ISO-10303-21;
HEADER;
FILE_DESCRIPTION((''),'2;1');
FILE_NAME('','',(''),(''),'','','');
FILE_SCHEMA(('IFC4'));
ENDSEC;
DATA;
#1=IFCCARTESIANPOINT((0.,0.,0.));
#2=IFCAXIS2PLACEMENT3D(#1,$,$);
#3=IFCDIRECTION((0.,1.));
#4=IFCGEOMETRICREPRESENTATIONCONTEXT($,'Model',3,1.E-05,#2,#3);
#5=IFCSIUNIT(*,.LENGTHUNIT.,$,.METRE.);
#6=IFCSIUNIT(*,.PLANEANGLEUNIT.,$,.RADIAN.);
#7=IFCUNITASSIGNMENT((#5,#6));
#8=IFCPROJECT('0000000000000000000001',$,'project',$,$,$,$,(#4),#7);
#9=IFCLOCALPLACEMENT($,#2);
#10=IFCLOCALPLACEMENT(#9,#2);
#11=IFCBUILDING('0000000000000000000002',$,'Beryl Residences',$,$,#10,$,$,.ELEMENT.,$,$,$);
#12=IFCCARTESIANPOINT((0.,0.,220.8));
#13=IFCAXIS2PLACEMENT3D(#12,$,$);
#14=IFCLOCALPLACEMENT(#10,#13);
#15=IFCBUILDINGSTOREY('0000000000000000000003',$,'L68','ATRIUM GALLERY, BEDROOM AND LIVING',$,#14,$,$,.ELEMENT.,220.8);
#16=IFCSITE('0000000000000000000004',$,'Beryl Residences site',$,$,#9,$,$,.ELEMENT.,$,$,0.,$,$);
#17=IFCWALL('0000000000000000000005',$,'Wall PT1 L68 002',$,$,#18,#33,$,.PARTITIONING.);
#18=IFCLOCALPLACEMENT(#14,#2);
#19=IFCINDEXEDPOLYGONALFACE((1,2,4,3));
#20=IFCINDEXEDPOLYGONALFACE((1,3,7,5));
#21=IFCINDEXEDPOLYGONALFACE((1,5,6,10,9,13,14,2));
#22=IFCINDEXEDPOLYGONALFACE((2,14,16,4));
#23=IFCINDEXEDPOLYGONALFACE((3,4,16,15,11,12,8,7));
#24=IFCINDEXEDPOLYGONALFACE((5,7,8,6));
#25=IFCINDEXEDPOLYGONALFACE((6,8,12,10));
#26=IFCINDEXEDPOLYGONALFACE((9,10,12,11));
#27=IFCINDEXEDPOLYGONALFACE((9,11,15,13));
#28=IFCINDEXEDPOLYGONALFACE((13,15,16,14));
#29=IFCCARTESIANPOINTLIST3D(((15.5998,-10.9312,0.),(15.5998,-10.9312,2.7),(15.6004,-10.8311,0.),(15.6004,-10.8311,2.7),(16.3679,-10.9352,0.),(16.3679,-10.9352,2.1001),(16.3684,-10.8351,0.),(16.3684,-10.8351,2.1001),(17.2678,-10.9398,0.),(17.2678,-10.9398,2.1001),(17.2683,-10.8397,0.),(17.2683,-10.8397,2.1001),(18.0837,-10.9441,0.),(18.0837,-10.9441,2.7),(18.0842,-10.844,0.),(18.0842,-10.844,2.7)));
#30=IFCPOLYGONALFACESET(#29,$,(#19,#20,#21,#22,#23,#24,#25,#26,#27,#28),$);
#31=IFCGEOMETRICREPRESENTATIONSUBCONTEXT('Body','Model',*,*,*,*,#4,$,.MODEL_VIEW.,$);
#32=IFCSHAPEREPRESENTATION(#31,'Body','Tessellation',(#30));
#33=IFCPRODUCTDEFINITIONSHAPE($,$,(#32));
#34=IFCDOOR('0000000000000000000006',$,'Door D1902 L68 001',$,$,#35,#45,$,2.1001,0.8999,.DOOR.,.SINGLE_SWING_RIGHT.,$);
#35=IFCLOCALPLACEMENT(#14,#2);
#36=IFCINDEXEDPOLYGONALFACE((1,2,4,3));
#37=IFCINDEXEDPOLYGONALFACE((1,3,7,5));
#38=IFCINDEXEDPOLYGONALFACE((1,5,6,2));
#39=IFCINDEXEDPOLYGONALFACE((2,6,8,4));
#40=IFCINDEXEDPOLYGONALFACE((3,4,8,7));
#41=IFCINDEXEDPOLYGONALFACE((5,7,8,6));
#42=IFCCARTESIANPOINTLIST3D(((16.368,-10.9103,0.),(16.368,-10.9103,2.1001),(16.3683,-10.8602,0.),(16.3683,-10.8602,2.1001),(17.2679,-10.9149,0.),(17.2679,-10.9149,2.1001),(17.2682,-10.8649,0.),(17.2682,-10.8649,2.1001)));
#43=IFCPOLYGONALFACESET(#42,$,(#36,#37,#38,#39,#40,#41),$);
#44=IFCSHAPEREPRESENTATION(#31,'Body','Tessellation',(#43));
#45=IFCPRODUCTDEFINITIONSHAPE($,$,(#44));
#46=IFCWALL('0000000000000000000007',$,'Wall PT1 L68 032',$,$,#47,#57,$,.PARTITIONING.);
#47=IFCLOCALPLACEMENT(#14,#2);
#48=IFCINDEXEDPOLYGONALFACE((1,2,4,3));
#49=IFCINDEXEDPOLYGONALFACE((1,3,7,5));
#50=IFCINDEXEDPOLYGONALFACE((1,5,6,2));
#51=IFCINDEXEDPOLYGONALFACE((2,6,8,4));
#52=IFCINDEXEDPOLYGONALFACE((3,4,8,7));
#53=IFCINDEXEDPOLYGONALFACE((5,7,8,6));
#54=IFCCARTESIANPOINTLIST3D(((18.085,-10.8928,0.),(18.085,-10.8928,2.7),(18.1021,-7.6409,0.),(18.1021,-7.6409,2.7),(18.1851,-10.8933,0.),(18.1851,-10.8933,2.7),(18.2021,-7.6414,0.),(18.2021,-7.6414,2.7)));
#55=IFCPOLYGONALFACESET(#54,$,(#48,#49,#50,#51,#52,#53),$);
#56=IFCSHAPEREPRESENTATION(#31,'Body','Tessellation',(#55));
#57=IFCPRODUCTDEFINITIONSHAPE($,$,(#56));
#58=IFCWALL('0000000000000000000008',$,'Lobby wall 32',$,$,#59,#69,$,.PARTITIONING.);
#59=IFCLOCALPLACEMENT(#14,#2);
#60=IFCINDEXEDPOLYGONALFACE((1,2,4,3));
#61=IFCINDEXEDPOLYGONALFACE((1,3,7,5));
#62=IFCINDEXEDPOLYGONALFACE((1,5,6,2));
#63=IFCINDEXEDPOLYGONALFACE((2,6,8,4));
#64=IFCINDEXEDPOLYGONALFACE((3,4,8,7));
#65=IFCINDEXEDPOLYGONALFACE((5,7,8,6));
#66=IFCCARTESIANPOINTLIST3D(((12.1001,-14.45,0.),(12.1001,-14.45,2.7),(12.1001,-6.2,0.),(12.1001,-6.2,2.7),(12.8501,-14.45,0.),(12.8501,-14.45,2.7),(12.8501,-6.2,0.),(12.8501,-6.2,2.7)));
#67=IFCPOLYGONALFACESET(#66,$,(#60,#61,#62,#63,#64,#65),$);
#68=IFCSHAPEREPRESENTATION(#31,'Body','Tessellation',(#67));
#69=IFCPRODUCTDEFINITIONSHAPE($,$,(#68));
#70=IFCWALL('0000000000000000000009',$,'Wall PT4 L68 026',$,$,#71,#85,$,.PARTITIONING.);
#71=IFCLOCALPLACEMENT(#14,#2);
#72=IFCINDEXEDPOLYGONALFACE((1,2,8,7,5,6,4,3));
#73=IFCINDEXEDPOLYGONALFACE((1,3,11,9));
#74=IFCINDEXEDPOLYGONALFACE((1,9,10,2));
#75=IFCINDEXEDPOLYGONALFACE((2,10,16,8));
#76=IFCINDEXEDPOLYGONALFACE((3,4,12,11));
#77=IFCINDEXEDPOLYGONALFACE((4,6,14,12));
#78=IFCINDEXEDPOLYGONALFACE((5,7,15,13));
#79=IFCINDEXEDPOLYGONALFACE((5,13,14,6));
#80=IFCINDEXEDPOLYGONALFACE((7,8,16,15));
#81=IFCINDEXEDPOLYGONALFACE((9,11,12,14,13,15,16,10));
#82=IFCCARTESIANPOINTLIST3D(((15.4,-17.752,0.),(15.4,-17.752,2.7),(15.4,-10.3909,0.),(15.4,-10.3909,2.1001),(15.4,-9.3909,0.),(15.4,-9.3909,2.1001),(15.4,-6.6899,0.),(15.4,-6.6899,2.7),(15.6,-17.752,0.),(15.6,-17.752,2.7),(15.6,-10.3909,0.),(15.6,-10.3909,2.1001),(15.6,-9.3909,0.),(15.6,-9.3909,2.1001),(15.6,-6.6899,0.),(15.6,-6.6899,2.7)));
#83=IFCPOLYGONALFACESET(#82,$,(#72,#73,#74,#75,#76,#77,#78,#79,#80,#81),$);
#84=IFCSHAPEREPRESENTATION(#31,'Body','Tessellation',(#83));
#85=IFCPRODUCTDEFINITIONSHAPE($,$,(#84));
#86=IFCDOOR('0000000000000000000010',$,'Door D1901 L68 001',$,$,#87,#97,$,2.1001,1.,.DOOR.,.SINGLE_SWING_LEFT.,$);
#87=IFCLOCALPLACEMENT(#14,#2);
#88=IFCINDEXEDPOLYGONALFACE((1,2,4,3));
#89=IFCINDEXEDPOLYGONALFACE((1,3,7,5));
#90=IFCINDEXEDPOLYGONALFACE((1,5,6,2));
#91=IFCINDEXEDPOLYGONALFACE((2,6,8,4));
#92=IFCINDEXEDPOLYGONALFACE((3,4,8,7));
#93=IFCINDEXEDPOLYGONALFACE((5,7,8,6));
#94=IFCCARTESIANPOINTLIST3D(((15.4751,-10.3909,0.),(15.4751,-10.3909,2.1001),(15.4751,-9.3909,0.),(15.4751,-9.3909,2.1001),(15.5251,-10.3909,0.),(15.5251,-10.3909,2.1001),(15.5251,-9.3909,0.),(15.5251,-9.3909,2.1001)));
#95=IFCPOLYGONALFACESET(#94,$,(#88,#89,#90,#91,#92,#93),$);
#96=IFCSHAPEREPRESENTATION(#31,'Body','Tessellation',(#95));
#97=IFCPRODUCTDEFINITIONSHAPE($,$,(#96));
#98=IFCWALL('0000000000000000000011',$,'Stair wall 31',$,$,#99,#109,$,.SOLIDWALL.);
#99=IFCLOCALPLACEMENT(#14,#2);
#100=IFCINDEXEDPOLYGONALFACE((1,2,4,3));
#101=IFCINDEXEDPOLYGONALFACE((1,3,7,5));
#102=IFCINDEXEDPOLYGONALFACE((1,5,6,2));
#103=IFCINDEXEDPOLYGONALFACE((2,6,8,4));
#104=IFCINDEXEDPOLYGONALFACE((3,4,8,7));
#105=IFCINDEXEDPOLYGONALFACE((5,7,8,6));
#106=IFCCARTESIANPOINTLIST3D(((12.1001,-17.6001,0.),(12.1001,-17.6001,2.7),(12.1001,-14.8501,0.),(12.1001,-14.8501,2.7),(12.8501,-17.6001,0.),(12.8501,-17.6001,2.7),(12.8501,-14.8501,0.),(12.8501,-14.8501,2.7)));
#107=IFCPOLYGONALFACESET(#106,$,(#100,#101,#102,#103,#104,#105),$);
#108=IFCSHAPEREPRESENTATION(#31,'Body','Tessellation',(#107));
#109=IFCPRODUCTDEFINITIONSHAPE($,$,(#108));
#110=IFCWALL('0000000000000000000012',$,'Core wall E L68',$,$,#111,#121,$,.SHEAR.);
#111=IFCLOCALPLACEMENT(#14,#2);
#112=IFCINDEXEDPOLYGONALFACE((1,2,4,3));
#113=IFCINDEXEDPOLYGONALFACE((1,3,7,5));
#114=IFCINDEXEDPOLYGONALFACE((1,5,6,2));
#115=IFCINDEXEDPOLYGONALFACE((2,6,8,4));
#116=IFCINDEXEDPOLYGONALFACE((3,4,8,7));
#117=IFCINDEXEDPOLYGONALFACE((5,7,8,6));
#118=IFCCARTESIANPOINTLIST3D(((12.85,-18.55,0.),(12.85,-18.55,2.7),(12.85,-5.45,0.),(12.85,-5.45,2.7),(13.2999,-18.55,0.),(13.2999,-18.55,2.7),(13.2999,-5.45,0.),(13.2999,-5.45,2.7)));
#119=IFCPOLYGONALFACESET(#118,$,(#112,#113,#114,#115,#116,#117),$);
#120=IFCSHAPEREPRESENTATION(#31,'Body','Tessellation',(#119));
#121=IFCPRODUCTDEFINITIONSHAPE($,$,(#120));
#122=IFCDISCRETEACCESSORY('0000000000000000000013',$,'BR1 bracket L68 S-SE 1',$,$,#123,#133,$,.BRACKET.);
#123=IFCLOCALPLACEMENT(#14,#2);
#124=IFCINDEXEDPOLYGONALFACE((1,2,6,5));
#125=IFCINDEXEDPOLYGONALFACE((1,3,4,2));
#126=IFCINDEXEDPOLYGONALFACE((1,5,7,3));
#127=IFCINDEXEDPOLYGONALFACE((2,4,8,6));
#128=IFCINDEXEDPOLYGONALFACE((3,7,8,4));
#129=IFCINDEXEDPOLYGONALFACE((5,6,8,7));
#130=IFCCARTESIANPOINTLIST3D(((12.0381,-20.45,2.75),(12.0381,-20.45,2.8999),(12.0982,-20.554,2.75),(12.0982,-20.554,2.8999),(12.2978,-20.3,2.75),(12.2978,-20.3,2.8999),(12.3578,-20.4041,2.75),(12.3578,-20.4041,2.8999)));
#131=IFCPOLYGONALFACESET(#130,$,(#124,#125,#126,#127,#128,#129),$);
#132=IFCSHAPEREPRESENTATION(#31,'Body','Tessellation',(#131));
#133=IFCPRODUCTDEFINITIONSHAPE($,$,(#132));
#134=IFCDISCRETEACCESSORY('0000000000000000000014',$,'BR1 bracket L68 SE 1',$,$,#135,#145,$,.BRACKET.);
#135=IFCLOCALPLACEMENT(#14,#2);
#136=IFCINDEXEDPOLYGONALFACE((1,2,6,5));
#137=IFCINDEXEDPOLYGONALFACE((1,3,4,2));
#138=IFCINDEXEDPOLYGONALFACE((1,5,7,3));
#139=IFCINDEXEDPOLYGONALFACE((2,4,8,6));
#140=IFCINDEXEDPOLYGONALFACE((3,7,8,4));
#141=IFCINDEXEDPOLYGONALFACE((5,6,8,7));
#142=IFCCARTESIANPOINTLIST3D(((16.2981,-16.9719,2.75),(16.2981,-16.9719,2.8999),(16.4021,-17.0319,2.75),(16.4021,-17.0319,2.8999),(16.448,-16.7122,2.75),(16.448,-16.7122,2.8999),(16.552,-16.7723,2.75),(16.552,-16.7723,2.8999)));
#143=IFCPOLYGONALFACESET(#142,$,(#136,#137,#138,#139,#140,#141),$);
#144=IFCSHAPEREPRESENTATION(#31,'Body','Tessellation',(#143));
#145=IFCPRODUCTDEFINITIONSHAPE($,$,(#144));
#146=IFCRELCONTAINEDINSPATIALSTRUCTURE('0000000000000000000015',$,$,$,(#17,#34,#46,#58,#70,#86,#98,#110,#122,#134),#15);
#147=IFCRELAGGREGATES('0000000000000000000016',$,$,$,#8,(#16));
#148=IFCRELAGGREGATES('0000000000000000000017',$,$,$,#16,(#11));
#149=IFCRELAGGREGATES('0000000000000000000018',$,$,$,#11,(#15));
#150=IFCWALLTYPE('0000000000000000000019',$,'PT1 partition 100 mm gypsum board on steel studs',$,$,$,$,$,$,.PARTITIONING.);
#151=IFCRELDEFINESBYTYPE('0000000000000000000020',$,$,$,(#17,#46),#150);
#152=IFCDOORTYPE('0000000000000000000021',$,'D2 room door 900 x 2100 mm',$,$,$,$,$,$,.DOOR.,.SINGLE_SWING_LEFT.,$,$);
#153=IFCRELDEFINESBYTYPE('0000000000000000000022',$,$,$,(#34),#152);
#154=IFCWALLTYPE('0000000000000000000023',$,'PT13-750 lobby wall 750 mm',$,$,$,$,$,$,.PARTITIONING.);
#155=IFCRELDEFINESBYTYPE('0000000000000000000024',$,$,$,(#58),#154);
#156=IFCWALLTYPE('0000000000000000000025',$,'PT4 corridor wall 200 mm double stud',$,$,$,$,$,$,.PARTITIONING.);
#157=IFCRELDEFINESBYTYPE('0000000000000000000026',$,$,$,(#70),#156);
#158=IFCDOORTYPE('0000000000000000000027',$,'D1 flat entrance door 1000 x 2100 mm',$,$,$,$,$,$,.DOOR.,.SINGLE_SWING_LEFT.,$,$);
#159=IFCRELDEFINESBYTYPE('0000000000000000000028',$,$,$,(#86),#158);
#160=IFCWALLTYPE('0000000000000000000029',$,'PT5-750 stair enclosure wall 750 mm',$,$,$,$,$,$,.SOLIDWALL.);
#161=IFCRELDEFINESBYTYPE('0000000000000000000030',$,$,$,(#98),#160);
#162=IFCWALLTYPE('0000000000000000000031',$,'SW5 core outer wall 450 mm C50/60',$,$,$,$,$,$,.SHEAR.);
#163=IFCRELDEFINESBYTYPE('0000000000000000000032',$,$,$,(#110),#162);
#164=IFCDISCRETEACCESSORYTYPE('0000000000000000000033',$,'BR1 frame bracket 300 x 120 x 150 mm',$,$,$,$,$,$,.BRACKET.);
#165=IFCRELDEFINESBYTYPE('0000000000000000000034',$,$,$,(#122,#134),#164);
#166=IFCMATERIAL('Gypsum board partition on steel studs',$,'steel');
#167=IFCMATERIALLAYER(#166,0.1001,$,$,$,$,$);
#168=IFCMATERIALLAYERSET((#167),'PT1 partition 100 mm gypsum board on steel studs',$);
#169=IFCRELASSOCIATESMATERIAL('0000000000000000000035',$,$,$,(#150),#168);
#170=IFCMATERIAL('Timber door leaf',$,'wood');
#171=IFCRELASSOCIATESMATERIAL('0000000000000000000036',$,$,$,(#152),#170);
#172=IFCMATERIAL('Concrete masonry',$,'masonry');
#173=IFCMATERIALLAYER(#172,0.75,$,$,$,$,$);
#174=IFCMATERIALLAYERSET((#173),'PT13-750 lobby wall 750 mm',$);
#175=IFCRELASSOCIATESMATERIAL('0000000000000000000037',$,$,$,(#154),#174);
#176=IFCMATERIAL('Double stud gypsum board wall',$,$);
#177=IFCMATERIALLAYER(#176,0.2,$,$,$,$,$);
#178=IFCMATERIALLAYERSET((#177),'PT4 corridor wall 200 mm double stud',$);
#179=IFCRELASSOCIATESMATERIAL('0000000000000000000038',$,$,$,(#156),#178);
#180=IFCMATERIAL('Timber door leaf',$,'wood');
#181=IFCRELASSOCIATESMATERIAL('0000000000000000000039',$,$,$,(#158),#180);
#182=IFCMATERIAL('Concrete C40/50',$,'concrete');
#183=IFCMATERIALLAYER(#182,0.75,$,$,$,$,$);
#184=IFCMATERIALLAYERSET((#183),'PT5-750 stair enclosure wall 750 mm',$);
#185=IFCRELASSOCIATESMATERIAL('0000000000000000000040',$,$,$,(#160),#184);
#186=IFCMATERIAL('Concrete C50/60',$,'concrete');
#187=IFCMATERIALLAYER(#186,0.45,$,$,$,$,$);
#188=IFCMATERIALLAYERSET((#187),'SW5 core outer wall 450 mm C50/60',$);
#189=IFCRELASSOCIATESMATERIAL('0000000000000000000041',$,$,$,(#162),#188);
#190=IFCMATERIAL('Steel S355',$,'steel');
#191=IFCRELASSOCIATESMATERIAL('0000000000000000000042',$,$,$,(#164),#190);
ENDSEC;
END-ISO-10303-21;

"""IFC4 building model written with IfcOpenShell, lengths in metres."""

from ifc_helpers import new_model, si_unit, direction, frame, frame_2d, origin, place, context, subcontext, project, spatial, polyline, rectangle, outline, extrude, source, transform, mapped, material, layer, layer_set, type_object, type_shapes, element, fill, save


model = new_model("IFC4")

# Units and contexts
model_context = context("Model", 3, precision=1e-05, world=origin(), true_north=direction((0.0, 1.0)))
body_context = subcontext(model_context, "Body", "Model", "MODEL_VIEW")
ifc_project = project(units=[si_unit("LENGTHUNIT", "METRE"), si_unit("PLANEANGLEUNIT", "RADIAN")], contexts=[model_context])

# Site, building, storey
site_placement = place(None, origin())
site = spatial("IfcSite", under=ifc_project, at=site_placement, Name="Beryl Residences site", CompositionType="ELEMENT", RefElevation=0.0)
building_placement = place(site_placement, origin())
building = spatial("IfcBuilding", under=site, at=building_placement, Name="Beryl Residences", CompositionType="ELEMENT")
storey_placement = place(building_placement, frame((0.0, 0.0, 220.8)))
storey = spatial("IfcBuildingStorey", under=building, at=storey_placement, Name="L68", Description="ATRIUM GALLERY, BEDROOM AND LIVING", CompositionType="ELEMENT", Elevation=220.8)

# Wall, opening, door
ifc_material_1 = material(Name="Gypsum board partition on steel studs", Category="steel")
ifc_layer_1 = layer(ifc_material_1, 0.1001)
ifc_layer_set_1 = layer_set([ifc_layer_1], Name="PT1 partition 100 mm gypsum board on steel studs")
wall_type_1 = type_object("IfcWallType", Name="PT1 partition 100 mm gypsum board on steel studs", PredefinedType="PARTITIONING", material=ifc_layer_set_1)
wall_1_placement = place(storey_placement, frame((15.6001, -10.8811, 0.0), z_axis=(0.0, 0.0, 1.0), x_axis=(0.999986, -0.005209, 0.0)))
wall_1 = element("IfcWall", 1, at=wall_1_placement, inside=storey, type_object=wall_type_1, Name="Wall PT1 L68 002", PredefinedType="PARTITIONING", context=body_context, shape_type="SweptSolid", body=[
    extrude(rectangle(XDim=2.4839, YDim=0.1001, at=frame_2d((1.2419, 0.0))), origin(), (0.0, 0.0, 1.0), 2.7),
])
opening_1_placement = place(wall_1_placement, frame((0.7681, 0.0, 0.0)))
opening_1 = element("IfcOpeningElement", 2, at=opening_1_placement, cuts=wall_1, PredefinedType="OPENING", context=body_context, shape_type="SweptSolid", body=[
    extrude(rectangle(XDim=0.8999, YDim=2.1001, at=frame_2d((0.45, 1.05))), frame((0.0, 0.0601, 0.0), z_axis=(0.0, -1.0, 0.0), x_axis=(1.0, 0.0, 0.0)), (0.0, 0.0, 1.0), 0.1201),
])
ifc_material_2 = material(Name="Timber door leaf", Category="wood")
door_type_1 = type_object("IfcDoorType", Name="D2 room door 900 x 2100 mm", OperationType="SINGLE_SWING_LEFT", PredefinedType="DOOR", material=ifc_material_2)
door_1_placement = place(opening_1_placement, origin())
door_1 = element("IfcDoor", 3, at=door_1_placement, inside=storey, type_object=door_type_1, Name="Door D1902 L68 001", OperationType="SINGLE_SWING_RIGHT", OverallHeight=2.1001, OverallWidth=0.8999, PredefinedType="DOOR", context=body_context, shape_type="SweptSolid", body=[
    extrude(rectangle(XDim=0.8999, YDim=2.1001, at=frame_2d((0.45, 1.05))), frame((0.0, 0.0249, 0.0), z_axis=(0.0, -1.0, 0.0), x_axis=(1.0, 0.0, 0.0)), (0.0, 0.0, 1.0), 0.05),
])
fill(opening_1, door_1)

# Walls
wall_2_placement = place(storey_placement, frame((18.135, -10.8931, 0.0), z_axis=(0.0, 0.0, 1.0), x_axis=(0.005255, 0.999986, 0.0)))
element("IfcWall", 4, at=wall_2_placement, inside=storey, type_object=wall_type_1, Name="Wall PT1 L68 032", PredefinedType="PARTITIONING", context=body_context, shape_type="SweptSolid", body=[
    extrude(rectangle(XDim=3.252, YDim=0.1001, at=frame_2d((1.626, 0.0))), origin(), (0.0, 0.0, 1.0), 2.7),
])
ifc_material_3 = material(Name="Concrete masonry", Category="masonry")
ifc_layer_2 = layer(ifc_material_3, 0.75)
ifc_layer_set_2 = layer_set([ifc_layer_2], Name="PT13-750 lobby wall 750 mm")
wall_type_2 = type_object("IfcWallType", Name="PT13-750 lobby wall 750 mm", PredefinedType="PARTITIONING", material=ifc_layer_set_2)
wall_3_placement = place(storey_placement, frame((12.4751, -14.45, 0.0), z_axis=(0.0, 0.0, 1.0), x_axis=(0.0, 1.0, 0.0)))
element("IfcWall", 5, at=wall_3_placement, inside=storey, type_object=wall_type_2, Name="Lobby wall 32", PredefinedType="PARTITIONING", context=body_context, shape_type="SweptSolid", body=[
    extrude(rectangle(XDim=8.25, YDim=0.75, at=frame_2d((4.125, 0.0))), origin(), (0.0, 0.0, 1.0), 2.7),
])

# Wall, opening, door
ifc_material_4 = material(Name="Double stud gypsum board wall")
ifc_layer_3 = layer(ifc_material_4, 0.2)
ifc_layer_set_3 = layer_set([ifc_layer_3], Name="PT4 corridor wall 200 mm double stud")
wall_type_3 = type_object("IfcWallType", Name="PT4 corridor wall 200 mm double stud", PredefinedType="PARTITIONING", material=ifc_layer_set_3)
wall_4_placement = place(storey_placement, frame((15.5, -17.752, 0.0), z_axis=(0.0, 0.0, 1.0), x_axis=(0.0, 1.0, 0.0)))
wall_4 = element("IfcWall", 6, at=wall_4_placement, inside=storey, type_object=wall_type_3, Name="Wall PT4 L68 026", PredefinedType="PARTITIONING", context=body_context, shape_type="SweptSolid", body=[
    extrude(rectangle(XDim=11.062, YDim=0.2, at=frame_2d((5.531, 0.0))), origin(), (0.0, 0.0, 1.0), 2.7),
])
opening_2_placement = place(wall_4_placement, frame((7.3611, 0.0, 0.0)))
opening_2 = element("IfcOpeningElement", 7, at=opening_2_placement, cuts=wall_4, PredefinedType="OPENING", context=body_context, shape_type="SweptSolid", body=[
    extrude(rectangle(XDim=1.0, YDim=2.1001, at=frame_2d((0.5, 1.05))), frame((0.0, 0.1099, 0.0), z_axis=(0.0, -1.0, 0.0), x_axis=(1.0, 0.0, 0.0)), (0.0, 0.0, 1.0), 0.22),
])
ifc_material_5 = material(Name="Timber door leaf", Category="wood")
door_type_2 = type_object("IfcDoorType", Name="D1 flat entrance door 1000 x 2100 mm", OperationType="SINGLE_SWING_LEFT", PredefinedType="DOOR", material=ifc_material_5)
door_2_placement = place(opening_2_placement, origin())
door_2 = element("IfcDoor", 8, at=door_2_placement, inside=storey, type_object=door_type_2, Name="Door D1901 L68 001", OperationType="SINGLE_SWING_LEFT", OverallHeight=2.1001, OverallWidth=1.0, PredefinedType="DOOR", context=body_context, shape_type="SweptSolid", body=[
    extrude(rectangle(XDim=1.0, YDim=2.1001, at=frame_2d((0.5, 1.05))), frame((0.0, 0.0249, 0.0), z_axis=(0.0, -1.0, 0.0), x_axis=(1.0, 0.0, 0.0)), (0.0, 0.0, 1.0), 0.05),
])
fill(opening_2, door_2)

# Walls
ifc_material_6 = material(Name="Concrete C40/50", Category="concrete")
ifc_layer_4 = layer(ifc_material_6, 0.75)
ifc_layer_set_4 = layer_set([ifc_layer_4], Name="PT5-750 stair enclosure wall 750 mm")
wall_type_4 = type_object("IfcWallType", Name="PT5-750 stair enclosure wall 750 mm", PredefinedType="SOLIDWALL", material=ifc_layer_set_4)
wall_5_placement = place(storey_placement, frame((12.4751, -17.6001, 0.0), z_axis=(0.0, 0.0, 1.0), x_axis=(0.0, 1.0, 0.0)))
element("IfcWall", 9, at=wall_5_placement, inside=storey, type_object=wall_type_4, Name="Stair wall 31", PredefinedType="SOLIDWALL", context=body_context, shape_type="SweptSolid", body=[
    extrude(rectangle(XDim=2.75, YDim=0.75, at=frame_2d((1.375, 0.0))), origin(), (0.0, 0.0, 1.0), 2.7),
])
ifc_material_7 = material(Name="Concrete C50/60", Category="concrete")
ifc_layer_5 = layer(ifc_material_7, 0.45)
ifc_layer_set_5 = layer_set([ifc_layer_5], Name="SW5 core outer wall 450 mm C50/60")
wall_type_5 = type_object("IfcWallType", Name="SW5 core outer wall 450 mm C50/60", PredefinedType="SHEAR", material=ifc_layer_set_5)
wall_6_placement = place(storey_placement, frame((13.075, -18.55, 0.0), z_axis=(0.0, 0.0, 1.0), x_axis=(0.0, 1.0, 0.0)))
element("IfcWall", 10, at=wall_6_placement, inside=storey, type_object=wall_type_5, Name="Core wall E L68", PredefinedType="SHEAR", context=body_context, shape_type="SweptSolid", body=[
    extrude(rectangle(XDim=13.1001, YDim=0.45, at=frame_2d((6.55, 0.0))), origin(), (0.0, 0.0, 1.0), 2.7),
])

# Discrete accessories
ifc_material_8 = material(Name="Steel S355", Category="steel")
discrete_accessory_type = type_object("IfcDiscreteAccessoryType", Name="BR1 frame bracket 300 x 120 x 150 mm", PredefinedType="BRACKET", material=ifc_material_8)
shared_shape_1 = source(origin(), body_context, "Body", "SweptSolid", [
    extrude(outline(polyline([(-0.1499, 0.0), (0.1499, 0.0), (0.1499, 0.1201), (-0.1499, 0.1201), (-0.1499, 0.0)])), origin(), (0.0, 0.0, 1.0), 0.1499),
])
type_shapes(discrete_accessory_type, [shared_shape_1])
for number, where, z_axis, x_axis, name in (
    (11, (12.168, -20.375, 2.75), (0.0, 0.0, 1.0), (-0.866025, -0.5, 0.0), "BR1 bracket L68 S-SE 1"),
    (12, (16.373, -16.842, 2.75), (0.0, 0.0, 1.0), (-0.5, -0.866025, 0.0), "BR1 bracket L68 SE 1"),
):
    element("IfcDiscreteAccessory", number, at=place(storey_placement, frame(where, z_axis=z_axis, x_axis=x_axis)), inside=storey, type_object=discrete_accessory_type, Name=name, PredefinedType="BRACKET", context=body_context, shape_type="MappedRepresentation", body=[
        mapped(shared_shape_1, transform((0.0, 0.0, 0.0))),
    ])

save(model, "model.ifc")
